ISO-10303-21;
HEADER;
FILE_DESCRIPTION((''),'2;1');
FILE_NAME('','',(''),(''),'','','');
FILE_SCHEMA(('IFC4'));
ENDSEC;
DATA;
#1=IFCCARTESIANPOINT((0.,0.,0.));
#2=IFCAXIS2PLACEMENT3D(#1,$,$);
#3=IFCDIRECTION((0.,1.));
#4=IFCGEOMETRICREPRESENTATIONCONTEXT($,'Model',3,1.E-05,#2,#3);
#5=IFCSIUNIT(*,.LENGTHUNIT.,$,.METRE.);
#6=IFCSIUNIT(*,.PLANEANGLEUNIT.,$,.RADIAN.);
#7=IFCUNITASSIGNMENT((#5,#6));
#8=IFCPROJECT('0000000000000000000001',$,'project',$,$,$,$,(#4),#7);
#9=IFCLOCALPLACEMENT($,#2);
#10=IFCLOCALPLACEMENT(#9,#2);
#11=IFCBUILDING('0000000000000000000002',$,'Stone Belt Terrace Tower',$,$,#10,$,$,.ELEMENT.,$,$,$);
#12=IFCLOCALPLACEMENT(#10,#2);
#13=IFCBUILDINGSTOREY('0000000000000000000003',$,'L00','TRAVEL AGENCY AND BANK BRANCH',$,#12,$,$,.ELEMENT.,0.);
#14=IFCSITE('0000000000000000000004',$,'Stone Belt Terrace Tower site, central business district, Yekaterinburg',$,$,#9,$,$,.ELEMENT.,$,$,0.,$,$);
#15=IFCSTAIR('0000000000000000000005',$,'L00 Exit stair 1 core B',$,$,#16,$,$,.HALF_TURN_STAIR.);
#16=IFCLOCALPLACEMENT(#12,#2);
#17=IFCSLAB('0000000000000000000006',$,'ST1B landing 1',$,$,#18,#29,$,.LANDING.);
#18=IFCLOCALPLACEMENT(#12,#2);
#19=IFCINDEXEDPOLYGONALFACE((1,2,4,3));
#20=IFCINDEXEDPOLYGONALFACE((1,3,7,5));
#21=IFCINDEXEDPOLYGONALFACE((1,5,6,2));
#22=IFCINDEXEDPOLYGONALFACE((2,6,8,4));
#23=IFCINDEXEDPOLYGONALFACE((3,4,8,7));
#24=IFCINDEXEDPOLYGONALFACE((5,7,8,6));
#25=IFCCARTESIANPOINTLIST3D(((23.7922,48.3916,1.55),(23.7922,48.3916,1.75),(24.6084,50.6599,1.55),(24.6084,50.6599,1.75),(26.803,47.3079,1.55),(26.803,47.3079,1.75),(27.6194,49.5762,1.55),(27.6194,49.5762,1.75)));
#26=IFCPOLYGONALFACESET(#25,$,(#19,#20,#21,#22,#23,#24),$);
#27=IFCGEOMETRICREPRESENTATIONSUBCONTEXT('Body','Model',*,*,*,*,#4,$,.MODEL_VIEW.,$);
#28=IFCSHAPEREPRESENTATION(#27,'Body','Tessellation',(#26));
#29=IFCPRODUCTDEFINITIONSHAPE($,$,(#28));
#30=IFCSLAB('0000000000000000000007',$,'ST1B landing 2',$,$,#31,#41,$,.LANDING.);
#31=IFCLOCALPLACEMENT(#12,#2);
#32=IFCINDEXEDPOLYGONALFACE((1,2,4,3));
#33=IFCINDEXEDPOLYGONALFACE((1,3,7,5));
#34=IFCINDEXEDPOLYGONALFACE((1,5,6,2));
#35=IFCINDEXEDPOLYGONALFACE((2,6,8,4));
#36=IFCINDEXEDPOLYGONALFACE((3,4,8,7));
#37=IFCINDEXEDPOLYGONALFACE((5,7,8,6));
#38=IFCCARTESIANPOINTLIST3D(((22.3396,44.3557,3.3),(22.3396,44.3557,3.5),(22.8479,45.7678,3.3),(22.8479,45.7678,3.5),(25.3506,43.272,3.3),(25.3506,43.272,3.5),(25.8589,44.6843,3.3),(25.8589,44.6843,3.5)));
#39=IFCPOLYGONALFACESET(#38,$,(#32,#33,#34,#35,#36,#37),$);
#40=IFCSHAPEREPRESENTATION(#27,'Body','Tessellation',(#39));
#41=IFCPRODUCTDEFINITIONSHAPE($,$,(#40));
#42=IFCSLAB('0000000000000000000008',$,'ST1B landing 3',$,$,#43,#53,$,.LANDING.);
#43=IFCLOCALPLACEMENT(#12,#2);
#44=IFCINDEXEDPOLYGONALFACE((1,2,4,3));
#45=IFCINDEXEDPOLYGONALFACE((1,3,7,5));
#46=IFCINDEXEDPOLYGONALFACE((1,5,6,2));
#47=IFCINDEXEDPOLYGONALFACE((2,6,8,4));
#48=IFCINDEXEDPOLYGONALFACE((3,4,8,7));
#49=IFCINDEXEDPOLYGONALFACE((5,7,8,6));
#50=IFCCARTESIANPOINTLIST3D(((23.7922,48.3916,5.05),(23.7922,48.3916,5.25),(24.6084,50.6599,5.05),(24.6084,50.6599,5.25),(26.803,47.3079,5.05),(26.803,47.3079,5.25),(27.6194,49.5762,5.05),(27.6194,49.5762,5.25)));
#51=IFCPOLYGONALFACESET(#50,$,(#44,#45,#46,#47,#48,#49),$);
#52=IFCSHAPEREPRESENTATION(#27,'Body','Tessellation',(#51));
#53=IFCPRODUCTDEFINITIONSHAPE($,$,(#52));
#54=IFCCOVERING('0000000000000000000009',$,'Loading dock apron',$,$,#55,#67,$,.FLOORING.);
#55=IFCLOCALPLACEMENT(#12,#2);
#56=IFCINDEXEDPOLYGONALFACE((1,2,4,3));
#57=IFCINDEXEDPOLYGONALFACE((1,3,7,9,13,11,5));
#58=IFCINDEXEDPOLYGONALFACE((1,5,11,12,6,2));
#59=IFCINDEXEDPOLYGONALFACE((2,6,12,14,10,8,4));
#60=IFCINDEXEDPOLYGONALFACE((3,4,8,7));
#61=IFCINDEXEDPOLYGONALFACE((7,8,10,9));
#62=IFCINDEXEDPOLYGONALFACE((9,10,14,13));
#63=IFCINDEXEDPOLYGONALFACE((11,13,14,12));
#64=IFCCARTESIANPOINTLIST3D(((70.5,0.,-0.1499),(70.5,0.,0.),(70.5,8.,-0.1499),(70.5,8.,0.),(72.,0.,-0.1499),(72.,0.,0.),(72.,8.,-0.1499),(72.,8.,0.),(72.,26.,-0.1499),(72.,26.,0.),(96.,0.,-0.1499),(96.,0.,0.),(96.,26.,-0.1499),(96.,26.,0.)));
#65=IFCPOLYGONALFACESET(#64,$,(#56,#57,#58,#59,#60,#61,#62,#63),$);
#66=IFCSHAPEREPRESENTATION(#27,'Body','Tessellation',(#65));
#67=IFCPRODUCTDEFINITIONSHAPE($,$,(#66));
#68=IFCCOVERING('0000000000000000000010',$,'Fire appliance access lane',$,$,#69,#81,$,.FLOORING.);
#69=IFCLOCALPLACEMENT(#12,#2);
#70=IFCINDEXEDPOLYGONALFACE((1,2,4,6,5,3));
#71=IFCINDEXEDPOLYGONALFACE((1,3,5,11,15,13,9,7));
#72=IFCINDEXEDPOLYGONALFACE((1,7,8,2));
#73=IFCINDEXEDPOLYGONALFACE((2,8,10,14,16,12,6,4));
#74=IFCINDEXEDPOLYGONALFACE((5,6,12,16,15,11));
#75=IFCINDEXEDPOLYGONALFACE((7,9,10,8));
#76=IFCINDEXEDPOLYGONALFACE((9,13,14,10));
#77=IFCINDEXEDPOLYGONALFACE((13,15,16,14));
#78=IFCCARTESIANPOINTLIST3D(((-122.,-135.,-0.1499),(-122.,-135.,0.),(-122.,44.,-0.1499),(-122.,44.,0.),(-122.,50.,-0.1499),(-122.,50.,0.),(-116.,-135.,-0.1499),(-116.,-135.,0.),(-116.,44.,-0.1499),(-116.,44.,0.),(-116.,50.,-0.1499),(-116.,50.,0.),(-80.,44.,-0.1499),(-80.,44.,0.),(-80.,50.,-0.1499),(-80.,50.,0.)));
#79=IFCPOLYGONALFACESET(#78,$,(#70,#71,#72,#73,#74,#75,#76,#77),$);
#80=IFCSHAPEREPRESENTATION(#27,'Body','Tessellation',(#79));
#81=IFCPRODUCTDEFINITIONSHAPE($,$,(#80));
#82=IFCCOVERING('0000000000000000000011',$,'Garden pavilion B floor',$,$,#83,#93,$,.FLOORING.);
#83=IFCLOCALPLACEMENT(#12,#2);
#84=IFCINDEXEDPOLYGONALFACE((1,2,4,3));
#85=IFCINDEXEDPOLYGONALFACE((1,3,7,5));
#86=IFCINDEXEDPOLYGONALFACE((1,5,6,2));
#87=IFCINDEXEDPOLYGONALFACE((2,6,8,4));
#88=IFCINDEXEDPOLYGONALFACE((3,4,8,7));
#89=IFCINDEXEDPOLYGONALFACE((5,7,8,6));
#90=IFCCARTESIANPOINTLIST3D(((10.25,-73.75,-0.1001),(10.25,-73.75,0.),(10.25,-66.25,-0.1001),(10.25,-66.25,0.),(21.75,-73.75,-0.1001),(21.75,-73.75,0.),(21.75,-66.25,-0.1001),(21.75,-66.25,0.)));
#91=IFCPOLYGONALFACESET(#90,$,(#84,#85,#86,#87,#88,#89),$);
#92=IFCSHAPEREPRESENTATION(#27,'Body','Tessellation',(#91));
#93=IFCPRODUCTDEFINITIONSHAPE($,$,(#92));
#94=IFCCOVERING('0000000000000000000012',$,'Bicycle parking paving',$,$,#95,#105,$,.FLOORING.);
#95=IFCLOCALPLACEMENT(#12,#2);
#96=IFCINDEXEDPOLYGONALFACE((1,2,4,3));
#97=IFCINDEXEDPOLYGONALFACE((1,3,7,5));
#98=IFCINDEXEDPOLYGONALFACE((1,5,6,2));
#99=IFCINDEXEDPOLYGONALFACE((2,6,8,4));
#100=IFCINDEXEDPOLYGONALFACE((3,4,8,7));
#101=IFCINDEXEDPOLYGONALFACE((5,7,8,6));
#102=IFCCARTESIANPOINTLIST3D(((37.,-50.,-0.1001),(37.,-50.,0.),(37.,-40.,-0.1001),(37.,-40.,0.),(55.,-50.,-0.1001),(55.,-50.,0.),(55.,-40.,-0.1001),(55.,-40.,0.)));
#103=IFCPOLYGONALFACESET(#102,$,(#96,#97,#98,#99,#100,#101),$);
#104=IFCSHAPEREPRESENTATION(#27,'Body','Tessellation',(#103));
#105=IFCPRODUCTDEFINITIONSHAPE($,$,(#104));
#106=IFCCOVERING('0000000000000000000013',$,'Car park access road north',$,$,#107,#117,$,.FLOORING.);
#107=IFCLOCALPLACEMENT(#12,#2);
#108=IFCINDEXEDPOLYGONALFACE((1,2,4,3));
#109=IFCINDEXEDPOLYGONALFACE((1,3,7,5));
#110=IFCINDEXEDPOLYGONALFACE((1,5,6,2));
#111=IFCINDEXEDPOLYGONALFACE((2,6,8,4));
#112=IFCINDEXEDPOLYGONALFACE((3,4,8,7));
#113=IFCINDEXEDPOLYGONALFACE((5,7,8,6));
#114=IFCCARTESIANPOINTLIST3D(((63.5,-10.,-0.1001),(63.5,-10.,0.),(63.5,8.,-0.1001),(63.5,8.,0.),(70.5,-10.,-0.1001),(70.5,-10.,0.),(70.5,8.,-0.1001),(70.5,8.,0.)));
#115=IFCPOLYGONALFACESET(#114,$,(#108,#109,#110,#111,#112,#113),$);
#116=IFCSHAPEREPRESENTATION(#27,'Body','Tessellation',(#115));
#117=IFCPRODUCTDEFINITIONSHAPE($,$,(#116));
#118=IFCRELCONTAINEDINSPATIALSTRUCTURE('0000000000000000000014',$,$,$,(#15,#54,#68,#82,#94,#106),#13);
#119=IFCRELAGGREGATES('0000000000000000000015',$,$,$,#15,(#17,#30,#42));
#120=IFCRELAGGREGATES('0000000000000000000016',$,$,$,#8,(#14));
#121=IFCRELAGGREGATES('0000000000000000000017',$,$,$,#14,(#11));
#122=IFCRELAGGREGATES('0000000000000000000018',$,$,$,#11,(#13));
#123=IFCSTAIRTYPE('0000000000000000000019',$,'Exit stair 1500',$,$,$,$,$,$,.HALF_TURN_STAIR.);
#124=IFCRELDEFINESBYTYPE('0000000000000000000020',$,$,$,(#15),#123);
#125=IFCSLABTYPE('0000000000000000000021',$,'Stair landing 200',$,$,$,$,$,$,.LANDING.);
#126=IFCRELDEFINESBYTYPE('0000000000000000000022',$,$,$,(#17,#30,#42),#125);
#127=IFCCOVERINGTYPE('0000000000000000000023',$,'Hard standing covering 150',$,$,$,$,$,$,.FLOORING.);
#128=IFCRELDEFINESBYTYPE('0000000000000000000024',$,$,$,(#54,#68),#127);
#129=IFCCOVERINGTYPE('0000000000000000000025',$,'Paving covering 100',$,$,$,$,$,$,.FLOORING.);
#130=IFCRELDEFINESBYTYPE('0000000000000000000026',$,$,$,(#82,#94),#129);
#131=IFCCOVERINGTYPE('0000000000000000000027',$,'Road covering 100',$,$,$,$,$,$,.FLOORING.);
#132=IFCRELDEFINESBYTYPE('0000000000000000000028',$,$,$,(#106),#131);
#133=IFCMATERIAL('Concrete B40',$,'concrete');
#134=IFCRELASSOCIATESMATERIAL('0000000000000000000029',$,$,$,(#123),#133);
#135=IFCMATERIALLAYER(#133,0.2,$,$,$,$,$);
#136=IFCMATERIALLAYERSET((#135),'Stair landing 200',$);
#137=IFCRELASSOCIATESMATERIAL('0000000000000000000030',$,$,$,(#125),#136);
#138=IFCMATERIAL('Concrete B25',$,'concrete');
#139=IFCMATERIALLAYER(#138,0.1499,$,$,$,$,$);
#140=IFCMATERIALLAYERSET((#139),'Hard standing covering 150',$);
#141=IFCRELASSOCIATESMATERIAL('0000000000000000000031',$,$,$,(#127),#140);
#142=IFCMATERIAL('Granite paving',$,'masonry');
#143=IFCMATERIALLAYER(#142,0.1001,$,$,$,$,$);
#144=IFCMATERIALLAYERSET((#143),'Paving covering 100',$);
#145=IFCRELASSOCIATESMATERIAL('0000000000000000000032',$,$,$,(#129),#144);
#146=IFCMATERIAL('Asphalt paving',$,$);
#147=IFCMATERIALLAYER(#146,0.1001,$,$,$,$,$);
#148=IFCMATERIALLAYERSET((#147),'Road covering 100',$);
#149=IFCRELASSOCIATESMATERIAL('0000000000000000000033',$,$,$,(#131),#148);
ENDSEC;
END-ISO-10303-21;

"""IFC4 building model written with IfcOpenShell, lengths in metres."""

from ifc_helpers import new_model, si_unit, direction, frame, origin, place, context, subcontext, project, spatial, polyline, outline, extrude, material, layer, layer_set, type_object, element, aggregate, save


model = new_model("IFC4")

# Units and contexts
model_context = context("Model", 3, precision=1e-05, world=origin(), true_north=direction((0.0, 1.0)))
body_context = subcontext(model_context, "Body", "Model", "MODEL_VIEW")
ifc_project = project(units=[si_unit("LENGTHUNIT", "METRE"), si_unit("PLANEANGLEUNIT", "RADIAN")], contexts=[model_context])

# Site, building, storey
site_placement = place(None, origin())
site = spatial("IfcSite", under=ifc_project, at=site_placement, Name="Stone Belt Terrace Tower site, central business district, Yekaterinburg", CompositionType="ELEMENT", RefElevation=0.0)
building_placement = place(site_placement, origin())
building = spatial("IfcBuilding", under=site, at=building_placement, Name="Stone Belt Terrace Tower", CompositionType="ELEMENT")
storey_placement = place(building_placement, origin())
storey = spatial("IfcBuildingStorey", under=building, at=storey_placement, Name="L00", Description="TRAVEL AGENCY AND BANK BRANCH", CompositionType="ELEMENT", Elevation=0.0)

# Shared definitions
ifc_material_1 = material(Name="Granite paving", Category="masonry")
ifc_material_2 = material(Name="Asphalt paving")
ifc_material_3 = material(Name="Concrete B40", Category="concrete")

# Stair, slabs
stair_type = type_object("IfcStairType", Name="Exit stair 1500", PredefinedType="HALF_TURN_STAIR", material=ifc_material_3)
ifc_layer_1 = layer(ifc_material_3, 0.2)
ifc_layer_set_1 = layer_set([ifc_layer_1], Name="Stair landing 200")
slab_type_1 = type_object("IfcSlabType", Name="Stair landing 200", PredefinedType="LANDING", material=ifc_layer_set_1)
stair_1_placement = place(storey_placement, origin())
stair_1 = element("IfcStair", 1, at=stair_1_placement, inside=storey, type_object=stair_type, Name="L00 Exit stair 1 core B", PredefinedType="HALF_TURN_STAIR")
slab_1_placement = place(storey_placement, frame((0.0, 0.0, 1.55)))
slab_1 = element("IfcSlab", 2, at=slab_1_placement, type_object=slab_type_1, Name="ST1B landing 1", PredefinedType="LANDING", context=body_context, shape_type="SweptSolid", body=[
    extrude(outline(polyline([(26.803, 47.3079), (27.6194, 49.5762), (24.6084, 50.6599), (23.7922, 48.3916), (26.803, 47.3079)])), origin(), (0.0, 0.0, 1.0), 0.2),
])
slab_2_placement = place(storey_placement, frame((0.0, 0.0, 3.3)))
slab_2 = element("IfcSlab", 3, at=slab_2_placement, type_object=slab_type_1, Name="ST1B landing 2", PredefinedType="LANDING", context=body_context, shape_type="SweptSolid", body=[
    extrude(outline(polyline([(25.3506, 43.272), (25.8589, 44.6843), (22.8479, 45.7678), (22.3396, 44.3557), (25.3506, 43.272)])), origin(), (0.0, 0.0, 1.0), 0.2),
])
slab_3_placement = place(storey_placement, frame((0.0, 0.0, 5.05)))
slab_3 = element("IfcSlab", 4, at=slab_3_placement, type_object=slab_type_1, Name="ST1B landing 3", PredefinedType="LANDING", context=body_context, shape_type="SweptSolid", body=[
    extrude(outline(polyline([(26.803, 47.3079), (27.6194, 49.5762), (24.6084, 50.6599), (23.7922, 48.3916), (26.803, 47.3079)])), origin(), (0.0, 0.0, 1.0), 0.2),
])
aggregate(stair_1, [slab_1, slab_2, slab_3])

# Coverings
ifc_material_4 = material(Name="Concrete B25", Category="concrete")
ifc_layer_2 = layer(ifc_material_4, 0.1499)
ifc_layer_set_2 = layer_set([ifc_layer_2], Name="Hard standing covering 150")
covering_type_1 = type_object("IfcCoveringType", Name="Hard standing covering 150", PredefinedType="FLOORING", material=ifc_layer_set_2)
covering_1_placement = place(storey_placement, frame((0.0, 0.0, -0.1499)))
element("IfcCovering", 5, at=covering_1_placement, inside=storey, type_object=covering_type_1, Name="Loading dock apron", PredefinedType="FLOORING", context=body_context, shape_type="SweptSolid", body=[
    extrude(outline(polyline([(70.5, 0.0), (72.0, 0.0), (96.0, 0.0), (96.0, 26.0), (72.0, 26.0), (72.0, 8.0), (70.5, 8.0), (70.5, 0.0)])), origin(), (0.0, 0.0, 1.0), 0.1499),
])
covering_2_placement = place(storey_placement, frame((0.0, 0.0, -0.1499)))
element("IfcCovering", 6, at=covering_2_placement, inside=storey, type_object=covering_type_1, Name="Fire appliance access lane", PredefinedType="FLOORING", context=body_context, shape_type="SweptSolid", body=[
    extrude(outline(polyline([(-122.0, -135.0), (-116.0, -135.0), (-116.0, 44.0), (-80.0, 44.0), (-80.0, 50.0), (-116.0, 50.0), (-122.0, 50.0), (-122.0, 44.0), (-122.0, -135.0)])), origin(), (0.0, 0.0, 1.0), 0.1499),
])
ifc_layer_3 = layer(ifc_material_1, 0.1001)
ifc_layer_set_3 = layer_set([ifc_layer_3], Name="Paving covering 100")
covering_type_2 = type_object("IfcCoveringType", Name="Paving covering 100", PredefinedType="FLOORING", material=ifc_layer_set_3)
covering_3_placement = place(storey_placement, frame((0.0, 0.0, -0.1001)))
element("IfcCovering", 7, at=covering_3_placement, inside=storey, type_object=covering_type_2, Name="Garden pavilion B floor", PredefinedType="FLOORING", context=body_context, shape_type="SweptSolid", body=[
    extrude(outline(polyline([(10.25, -73.75), (21.75, -73.75), (21.75, -66.25), (10.25, -66.25), (10.25, -73.75)])), origin(), (0.0, 0.0, 1.0), 0.1001),
])
covering_4_placement = place(storey_placement, frame((0.0, 0.0, -0.1001)))
element("IfcCovering", 8, at=covering_4_placement, inside=storey, type_object=covering_type_2, Name="Bicycle parking paving", PredefinedType="FLOORING", context=body_context, shape_type="SweptSolid", body=[
    extrude(outline(polyline([(37.0, -50.0), (55.0, -50.0), (55.0, -40.0), (37.0, -40.0), (37.0, -50.0)])), origin(), (0.0, 0.0, 1.0), 0.1001),
])
ifc_layer_4 = layer(ifc_material_2, 0.1001)
ifc_layer_set_4 = layer_set([ifc_layer_4], Name="Road covering 100")
covering_type_3 = type_object("IfcCoveringType", Name="Road covering 100", PredefinedType="FLOORING", material=ifc_layer_set_4)
covering_5_placement = place(storey_placement, frame((0.0, 0.0, -0.1001)))
element("IfcCovering", 9, at=covering_5_placement, inside=storey, type_object=covering_type_3, Name="Car park access road north", PredefinedType="FLOORING", context=body_context, shape_type="SweptSolid", body=[
    extrude(outline(polyline([(63.5, -10.0), (70.5, -10.0), (70.5, 8.0), (63.5, 8.0), (63.5, -10.0)])), origin(), (0.0, 0.0, 1.0), 0.1001),
])

save(model, "model.ifc")
